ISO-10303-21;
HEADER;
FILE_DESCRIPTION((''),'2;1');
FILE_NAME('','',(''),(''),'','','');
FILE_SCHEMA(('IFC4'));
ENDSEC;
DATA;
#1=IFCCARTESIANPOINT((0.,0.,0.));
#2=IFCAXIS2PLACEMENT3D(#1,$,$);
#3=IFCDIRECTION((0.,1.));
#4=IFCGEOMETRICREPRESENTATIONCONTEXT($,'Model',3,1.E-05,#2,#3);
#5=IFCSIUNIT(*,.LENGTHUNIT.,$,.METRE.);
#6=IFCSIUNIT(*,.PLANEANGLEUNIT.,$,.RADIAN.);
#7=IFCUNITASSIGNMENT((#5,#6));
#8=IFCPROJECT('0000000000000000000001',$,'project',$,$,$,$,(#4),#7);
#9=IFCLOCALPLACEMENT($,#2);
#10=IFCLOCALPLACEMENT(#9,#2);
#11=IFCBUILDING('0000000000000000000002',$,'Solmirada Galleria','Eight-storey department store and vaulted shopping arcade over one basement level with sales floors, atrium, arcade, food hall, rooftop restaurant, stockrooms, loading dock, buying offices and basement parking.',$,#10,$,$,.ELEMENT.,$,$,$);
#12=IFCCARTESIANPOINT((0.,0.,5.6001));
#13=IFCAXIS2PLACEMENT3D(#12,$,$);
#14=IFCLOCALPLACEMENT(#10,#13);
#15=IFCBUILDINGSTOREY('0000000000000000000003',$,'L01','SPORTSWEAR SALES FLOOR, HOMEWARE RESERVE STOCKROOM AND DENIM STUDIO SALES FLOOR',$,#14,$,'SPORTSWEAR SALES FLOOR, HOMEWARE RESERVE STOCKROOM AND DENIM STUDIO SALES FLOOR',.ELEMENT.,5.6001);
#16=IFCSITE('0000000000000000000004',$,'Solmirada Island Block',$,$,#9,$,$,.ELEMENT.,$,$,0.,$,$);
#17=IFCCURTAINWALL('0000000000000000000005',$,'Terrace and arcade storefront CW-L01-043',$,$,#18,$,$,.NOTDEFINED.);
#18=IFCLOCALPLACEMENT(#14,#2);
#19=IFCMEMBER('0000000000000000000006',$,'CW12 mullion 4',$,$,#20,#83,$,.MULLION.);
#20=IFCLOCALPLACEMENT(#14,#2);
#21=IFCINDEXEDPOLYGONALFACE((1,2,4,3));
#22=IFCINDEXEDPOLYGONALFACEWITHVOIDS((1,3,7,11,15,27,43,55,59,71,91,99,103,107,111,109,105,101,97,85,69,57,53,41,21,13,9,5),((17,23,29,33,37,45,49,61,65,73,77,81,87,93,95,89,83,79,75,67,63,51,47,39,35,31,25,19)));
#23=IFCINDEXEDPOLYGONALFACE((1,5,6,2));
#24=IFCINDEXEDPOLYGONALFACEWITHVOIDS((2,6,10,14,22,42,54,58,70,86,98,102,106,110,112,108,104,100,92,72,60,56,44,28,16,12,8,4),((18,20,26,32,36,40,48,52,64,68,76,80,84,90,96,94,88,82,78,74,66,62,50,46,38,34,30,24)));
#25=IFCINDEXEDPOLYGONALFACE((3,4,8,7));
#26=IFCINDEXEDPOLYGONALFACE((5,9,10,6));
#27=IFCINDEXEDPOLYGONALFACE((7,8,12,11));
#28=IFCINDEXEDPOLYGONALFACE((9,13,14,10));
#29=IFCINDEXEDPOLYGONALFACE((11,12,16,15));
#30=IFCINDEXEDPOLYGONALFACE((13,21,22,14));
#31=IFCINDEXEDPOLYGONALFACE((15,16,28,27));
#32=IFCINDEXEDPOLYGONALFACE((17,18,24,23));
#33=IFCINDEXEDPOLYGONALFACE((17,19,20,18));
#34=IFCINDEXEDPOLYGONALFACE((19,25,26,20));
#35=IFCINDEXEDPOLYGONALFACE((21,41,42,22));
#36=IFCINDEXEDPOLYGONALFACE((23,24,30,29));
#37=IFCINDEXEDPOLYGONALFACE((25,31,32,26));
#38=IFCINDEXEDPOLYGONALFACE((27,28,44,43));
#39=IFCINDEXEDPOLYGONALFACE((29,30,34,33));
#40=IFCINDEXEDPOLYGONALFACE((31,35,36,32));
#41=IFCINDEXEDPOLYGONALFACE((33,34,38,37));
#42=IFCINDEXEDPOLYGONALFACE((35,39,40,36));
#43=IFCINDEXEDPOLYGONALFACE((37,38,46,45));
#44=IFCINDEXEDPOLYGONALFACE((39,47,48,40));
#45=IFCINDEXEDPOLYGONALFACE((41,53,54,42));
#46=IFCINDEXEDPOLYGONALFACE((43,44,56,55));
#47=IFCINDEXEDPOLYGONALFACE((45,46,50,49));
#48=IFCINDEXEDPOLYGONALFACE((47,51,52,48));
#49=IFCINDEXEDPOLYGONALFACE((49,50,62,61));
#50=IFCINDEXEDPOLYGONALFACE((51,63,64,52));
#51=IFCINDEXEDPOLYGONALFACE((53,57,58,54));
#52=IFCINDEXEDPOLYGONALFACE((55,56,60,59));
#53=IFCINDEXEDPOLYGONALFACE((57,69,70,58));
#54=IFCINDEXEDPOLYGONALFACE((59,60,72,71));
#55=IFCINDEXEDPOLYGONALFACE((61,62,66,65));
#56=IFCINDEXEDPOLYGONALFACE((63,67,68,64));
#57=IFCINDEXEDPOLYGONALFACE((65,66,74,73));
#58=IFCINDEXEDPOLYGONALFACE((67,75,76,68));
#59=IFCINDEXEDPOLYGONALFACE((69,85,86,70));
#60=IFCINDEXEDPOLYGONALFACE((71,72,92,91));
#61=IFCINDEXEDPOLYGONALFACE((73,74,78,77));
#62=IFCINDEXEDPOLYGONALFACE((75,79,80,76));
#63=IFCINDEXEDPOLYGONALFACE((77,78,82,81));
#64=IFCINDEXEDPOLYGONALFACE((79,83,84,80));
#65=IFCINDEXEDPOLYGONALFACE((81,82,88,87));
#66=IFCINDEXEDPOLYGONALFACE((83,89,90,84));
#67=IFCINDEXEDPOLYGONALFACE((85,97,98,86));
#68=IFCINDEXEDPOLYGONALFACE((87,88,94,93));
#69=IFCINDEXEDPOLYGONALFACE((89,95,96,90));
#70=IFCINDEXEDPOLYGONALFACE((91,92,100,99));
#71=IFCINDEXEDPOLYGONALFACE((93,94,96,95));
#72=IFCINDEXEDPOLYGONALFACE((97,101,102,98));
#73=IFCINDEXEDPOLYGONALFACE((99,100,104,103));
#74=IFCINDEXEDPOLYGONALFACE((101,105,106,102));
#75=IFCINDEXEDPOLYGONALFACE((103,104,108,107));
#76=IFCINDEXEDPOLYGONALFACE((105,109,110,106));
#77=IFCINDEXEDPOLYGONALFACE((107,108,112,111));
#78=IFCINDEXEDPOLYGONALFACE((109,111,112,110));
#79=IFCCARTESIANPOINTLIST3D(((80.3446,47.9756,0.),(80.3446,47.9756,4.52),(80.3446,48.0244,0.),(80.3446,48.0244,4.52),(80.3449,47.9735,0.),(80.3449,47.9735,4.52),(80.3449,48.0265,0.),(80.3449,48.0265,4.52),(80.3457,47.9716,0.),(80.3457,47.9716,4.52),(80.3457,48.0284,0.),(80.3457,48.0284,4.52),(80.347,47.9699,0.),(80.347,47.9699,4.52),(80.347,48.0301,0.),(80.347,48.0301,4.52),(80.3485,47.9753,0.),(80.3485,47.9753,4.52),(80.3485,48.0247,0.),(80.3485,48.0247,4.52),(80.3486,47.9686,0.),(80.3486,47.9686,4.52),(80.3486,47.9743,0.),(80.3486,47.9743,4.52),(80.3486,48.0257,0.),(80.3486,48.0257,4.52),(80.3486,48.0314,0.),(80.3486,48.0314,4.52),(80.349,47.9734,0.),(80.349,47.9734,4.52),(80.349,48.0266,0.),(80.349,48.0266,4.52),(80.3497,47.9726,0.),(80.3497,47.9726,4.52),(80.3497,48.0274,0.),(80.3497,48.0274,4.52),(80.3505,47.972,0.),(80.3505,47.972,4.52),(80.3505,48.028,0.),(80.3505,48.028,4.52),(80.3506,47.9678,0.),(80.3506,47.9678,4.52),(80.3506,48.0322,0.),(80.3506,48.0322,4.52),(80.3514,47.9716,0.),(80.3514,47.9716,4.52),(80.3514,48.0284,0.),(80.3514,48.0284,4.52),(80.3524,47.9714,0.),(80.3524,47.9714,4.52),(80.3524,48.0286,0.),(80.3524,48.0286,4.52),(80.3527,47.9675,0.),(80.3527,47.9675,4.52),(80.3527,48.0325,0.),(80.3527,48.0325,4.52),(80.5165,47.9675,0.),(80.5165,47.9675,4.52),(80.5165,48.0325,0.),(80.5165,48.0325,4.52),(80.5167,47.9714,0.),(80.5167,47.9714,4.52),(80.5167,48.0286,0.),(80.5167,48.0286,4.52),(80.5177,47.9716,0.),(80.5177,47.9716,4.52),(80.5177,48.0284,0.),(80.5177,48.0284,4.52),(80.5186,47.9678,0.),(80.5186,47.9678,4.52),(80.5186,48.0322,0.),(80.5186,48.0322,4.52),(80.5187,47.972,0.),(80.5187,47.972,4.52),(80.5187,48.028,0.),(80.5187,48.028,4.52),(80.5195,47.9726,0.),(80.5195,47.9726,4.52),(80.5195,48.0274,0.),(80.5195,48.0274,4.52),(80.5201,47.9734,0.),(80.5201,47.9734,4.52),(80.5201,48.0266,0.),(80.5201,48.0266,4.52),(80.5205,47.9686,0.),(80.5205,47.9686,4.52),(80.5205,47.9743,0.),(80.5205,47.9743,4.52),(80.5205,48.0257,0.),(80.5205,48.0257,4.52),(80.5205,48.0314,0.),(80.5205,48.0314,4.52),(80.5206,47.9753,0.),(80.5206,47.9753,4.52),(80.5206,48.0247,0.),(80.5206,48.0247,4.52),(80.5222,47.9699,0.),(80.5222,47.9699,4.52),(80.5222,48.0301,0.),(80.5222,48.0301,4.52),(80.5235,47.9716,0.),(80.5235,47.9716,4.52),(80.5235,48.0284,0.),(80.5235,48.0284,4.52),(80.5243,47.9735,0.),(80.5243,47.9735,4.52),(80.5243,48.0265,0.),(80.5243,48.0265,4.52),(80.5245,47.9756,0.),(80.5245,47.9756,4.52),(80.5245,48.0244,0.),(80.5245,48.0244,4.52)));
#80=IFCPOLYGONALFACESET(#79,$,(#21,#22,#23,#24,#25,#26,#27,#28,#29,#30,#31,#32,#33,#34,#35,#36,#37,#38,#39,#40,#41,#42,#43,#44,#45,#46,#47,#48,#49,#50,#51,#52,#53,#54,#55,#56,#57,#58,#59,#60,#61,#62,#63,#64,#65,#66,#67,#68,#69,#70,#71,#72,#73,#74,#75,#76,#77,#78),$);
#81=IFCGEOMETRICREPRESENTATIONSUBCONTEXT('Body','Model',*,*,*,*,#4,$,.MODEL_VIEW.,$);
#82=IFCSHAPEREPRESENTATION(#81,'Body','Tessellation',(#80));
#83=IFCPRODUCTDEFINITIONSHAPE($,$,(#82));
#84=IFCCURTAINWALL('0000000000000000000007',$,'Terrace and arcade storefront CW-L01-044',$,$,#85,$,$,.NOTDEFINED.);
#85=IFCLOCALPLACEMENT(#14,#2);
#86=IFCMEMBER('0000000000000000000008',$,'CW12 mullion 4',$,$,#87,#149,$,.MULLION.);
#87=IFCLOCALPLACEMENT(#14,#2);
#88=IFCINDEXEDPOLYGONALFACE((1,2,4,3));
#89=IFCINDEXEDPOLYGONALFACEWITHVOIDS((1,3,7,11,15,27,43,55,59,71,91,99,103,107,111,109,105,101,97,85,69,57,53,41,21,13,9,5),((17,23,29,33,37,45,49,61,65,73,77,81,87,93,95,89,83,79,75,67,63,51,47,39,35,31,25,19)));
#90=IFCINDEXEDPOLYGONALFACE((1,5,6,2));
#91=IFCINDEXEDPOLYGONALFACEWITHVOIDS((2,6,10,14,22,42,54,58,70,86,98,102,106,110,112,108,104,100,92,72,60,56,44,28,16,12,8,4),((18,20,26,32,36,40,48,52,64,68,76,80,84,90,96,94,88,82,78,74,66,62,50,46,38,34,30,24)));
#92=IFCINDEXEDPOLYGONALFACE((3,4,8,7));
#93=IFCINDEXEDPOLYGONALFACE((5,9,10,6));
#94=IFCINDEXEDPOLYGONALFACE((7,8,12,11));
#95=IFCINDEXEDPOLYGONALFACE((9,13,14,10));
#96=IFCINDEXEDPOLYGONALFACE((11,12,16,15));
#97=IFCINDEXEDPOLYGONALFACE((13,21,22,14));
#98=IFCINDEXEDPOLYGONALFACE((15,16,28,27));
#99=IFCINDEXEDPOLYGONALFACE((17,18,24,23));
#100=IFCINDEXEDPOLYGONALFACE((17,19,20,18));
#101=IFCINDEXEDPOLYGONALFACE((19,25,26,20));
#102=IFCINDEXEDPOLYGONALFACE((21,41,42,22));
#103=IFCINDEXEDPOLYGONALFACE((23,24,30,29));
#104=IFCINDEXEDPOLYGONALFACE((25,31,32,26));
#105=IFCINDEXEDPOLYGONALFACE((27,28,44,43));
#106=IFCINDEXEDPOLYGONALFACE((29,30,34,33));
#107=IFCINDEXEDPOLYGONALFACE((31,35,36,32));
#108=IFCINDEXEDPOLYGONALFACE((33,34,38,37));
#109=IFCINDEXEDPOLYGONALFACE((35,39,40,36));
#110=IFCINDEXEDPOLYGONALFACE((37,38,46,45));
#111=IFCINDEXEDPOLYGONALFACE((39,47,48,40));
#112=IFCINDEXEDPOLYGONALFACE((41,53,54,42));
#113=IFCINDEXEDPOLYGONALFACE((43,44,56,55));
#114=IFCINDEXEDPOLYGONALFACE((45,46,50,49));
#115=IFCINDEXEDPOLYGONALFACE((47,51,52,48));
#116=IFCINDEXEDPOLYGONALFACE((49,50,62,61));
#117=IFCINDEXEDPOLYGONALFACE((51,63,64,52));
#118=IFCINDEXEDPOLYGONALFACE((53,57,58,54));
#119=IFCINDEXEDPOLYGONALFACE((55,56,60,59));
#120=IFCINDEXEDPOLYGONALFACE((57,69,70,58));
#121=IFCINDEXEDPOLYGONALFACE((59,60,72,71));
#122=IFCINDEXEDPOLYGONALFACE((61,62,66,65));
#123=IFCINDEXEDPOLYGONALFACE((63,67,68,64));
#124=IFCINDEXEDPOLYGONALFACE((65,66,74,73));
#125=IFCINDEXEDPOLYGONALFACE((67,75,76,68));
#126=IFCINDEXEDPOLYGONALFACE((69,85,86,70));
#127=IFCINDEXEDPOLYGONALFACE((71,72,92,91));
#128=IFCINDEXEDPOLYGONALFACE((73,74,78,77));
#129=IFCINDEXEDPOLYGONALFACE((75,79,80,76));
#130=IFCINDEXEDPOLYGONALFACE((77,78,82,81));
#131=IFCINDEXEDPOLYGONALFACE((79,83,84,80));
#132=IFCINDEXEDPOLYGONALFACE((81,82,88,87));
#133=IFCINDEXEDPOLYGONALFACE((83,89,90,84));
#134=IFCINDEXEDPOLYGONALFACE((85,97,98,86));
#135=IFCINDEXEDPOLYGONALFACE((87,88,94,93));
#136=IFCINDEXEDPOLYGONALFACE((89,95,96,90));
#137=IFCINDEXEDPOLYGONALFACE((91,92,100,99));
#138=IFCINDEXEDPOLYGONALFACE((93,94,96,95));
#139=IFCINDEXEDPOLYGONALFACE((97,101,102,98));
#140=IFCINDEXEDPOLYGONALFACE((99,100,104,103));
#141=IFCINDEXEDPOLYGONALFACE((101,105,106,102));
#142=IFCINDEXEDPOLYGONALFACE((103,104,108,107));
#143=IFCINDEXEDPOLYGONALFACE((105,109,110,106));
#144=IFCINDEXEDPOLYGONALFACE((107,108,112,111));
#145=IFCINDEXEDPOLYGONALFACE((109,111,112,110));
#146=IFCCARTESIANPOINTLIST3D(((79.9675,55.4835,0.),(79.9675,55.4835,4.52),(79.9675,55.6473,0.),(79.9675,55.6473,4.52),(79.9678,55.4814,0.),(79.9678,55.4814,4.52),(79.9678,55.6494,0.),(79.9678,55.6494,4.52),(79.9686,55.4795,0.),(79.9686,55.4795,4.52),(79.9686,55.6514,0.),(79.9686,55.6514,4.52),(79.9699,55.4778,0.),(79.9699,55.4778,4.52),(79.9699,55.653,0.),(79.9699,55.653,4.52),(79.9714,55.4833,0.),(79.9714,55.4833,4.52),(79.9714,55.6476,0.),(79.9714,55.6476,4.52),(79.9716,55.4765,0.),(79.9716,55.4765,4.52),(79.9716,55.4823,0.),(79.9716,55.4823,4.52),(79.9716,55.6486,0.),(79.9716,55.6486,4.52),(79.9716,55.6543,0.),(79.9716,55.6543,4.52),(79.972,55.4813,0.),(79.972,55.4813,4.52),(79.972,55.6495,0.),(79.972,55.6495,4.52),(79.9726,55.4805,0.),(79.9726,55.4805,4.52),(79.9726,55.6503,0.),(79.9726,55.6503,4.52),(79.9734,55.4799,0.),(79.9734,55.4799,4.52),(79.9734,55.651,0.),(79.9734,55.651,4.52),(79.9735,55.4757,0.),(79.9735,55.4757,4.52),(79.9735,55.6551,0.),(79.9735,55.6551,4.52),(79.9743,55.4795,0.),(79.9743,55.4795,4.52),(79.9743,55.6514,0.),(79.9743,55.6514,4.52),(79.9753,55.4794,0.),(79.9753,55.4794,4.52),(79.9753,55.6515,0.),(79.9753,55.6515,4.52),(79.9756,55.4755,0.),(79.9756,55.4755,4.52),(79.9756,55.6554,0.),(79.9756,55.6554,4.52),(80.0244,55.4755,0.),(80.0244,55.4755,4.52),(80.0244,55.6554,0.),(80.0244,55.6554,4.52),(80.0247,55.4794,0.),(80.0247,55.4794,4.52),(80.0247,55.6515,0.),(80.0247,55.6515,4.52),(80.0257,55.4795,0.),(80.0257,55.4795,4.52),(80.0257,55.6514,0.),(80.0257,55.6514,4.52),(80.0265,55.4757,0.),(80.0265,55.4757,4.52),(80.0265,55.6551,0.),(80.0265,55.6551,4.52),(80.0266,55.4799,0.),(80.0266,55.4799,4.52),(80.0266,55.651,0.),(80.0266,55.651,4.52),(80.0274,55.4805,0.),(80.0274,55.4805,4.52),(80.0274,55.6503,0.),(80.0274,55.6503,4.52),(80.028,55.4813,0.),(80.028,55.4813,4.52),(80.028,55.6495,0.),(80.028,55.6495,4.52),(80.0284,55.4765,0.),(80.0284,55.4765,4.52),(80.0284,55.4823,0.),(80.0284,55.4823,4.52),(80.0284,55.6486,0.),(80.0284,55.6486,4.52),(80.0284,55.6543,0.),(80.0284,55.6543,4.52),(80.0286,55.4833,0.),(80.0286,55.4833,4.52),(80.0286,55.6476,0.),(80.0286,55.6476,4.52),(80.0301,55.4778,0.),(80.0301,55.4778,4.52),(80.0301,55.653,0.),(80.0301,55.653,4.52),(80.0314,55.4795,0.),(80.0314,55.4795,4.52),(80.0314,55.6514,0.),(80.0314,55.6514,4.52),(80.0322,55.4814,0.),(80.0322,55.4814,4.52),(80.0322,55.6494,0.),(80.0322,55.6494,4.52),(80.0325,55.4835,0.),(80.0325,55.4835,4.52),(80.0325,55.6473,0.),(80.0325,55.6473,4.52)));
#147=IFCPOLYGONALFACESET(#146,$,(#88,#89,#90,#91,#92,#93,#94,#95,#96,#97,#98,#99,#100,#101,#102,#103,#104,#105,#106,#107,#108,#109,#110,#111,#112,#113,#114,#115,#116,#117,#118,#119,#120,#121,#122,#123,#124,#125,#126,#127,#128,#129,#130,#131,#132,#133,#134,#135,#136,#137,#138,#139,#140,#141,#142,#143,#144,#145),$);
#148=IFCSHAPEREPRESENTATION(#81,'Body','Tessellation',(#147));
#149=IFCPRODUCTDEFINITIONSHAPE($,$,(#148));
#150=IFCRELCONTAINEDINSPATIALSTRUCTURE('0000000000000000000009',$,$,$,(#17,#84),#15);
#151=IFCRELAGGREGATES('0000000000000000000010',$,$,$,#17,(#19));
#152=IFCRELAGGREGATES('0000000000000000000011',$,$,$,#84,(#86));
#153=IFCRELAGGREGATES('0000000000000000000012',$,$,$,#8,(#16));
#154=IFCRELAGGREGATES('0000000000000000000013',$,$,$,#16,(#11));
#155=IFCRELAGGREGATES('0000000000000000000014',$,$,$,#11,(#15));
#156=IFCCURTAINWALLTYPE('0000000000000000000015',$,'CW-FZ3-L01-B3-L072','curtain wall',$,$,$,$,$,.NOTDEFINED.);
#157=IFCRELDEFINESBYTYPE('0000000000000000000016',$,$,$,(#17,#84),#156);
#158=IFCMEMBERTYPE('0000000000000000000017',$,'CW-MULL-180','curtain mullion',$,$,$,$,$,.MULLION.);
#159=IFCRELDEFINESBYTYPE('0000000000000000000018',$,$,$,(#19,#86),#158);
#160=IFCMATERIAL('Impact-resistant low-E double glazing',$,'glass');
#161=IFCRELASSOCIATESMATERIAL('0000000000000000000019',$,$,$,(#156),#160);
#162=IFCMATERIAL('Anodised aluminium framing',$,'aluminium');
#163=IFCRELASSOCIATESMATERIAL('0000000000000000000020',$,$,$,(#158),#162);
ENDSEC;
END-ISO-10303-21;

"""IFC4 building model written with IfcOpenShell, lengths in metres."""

from ifc_helpers import new_model, si_unit, direction, frame, origin, origin_2d, place, context, subcontext, project, spatial, hollow_rectangle, extrude, material, material_profile, profile_set, type_object, element, aggregate, save


model = new_model("IFC4")

# Units and contexts
model_context = context("Model", 3, precision=1e-05, world=origin(), true_north=direction((0.0, 1.0)))
body_context = subcontext(model_context, "Body", "Model", "MODEL_VIEW")
ifc_project = project(units=[si_unit("LENGTHUNIT", "METRE"), si_unit("PLANEANGLEUNIT", "RADIAN")], contexts=[model_context])

# Site, building, storey
site_placement = place(None, origin())
site = spatial("IfcSite", under=ifc_project, at=site_placement, Name="Solmirada Island Block", CompositionType="ELEMENT", RefElevation=0.0)
building_placement = place(site_placement, origin())
building = spatial("IfcBuilding", under=site, at=building_placement, Name="Solmirada Galleria", Description="Eight-storey department store and vaulted shopping arcade over one basement level with sales floors, atrium, arcade, food hall, rooftop restaurant, stockrooms, loading dock, buying offices and basement parking.", CompositionType="ELEMENT")
storey_placement = place(building_placement, frame((0.0, 0.0, 5.6001)))
storey = spatial("IfcBuildingStorey", under=building, at=storey_placement, Name="L01", Description="SPORTSWEAR SALES FLOOR, HOMEWARE RESERVE STOCKROOM AND DENIM STUDIO SALES FLOOR", LongName="SPORTSWEAR SALES FLOOR, HOMEWARE RESERVE STOCKROOM AND DENIM STUDIO SALES FLOOR", CompositionType="ELEMENT", Elevation=5.6001)

# Curtain wall, member
ifc_material_1 = material(Name="Impact-resistant low-E double glazing", Category="glass")
curtain_wall_type = type_object("IfcCurtainWallType", Name="CW-FZ3-L01-B3-L072", Description="curtain wall", PredefinedType="NOTDEFINED", material=ifc_material_1)
curtain_wall_1_placement = place(storey_placement, origin())
curtain_wall_1 = element("IfcCurtainWall", 1, at=curtain_wall_1_placement, inside=storey, type_object=curtain_wall_type, Name="Terrace and arcade storefront CW-L01-043", PredefinedType="NOTDEFINED")
ifc_material_2 = material(Name="Anodised aluminium framing", Category="aluminium")
ifc_material_profile_1 = material_profile(ifc_material_2, hollow_rectangle(XDim=0.0649, YDim=0.1799, WallThickness=0.0039, InnerFilletRadius=0.0039, OuterFilletRadius=0.0081, at=origin_2d()), Name="ALU-MULL-180X65")
ifc_profile_set_1 = profile_set([ifc_material_profile_1], Name="Anodised aluminium framing")
member_type_1 = type_object("IfcMemberType", Name="CW-MULL-180", Description="curtain mullion", PredefinedType="MULLION", material=ifc_profile_set_1)
member_1_placement = place(storey_placement, frame((80.4346, 48.0, 0.0), z_axis=(0.0, 0.0, 1.0), x_axis=(0.0, -1.0, 0.0)))
member_1 = element("IfcMember", 2, at=member_1_placement, type_object=member_type_1, Name="CW12 mullion 4", PredefinedType="MULLION", context=body_context, shape_type="SweptSolid", body=[
    extrude(hollow_rectangle(XDim=0.0649, YDim=0.1799, WallThickness=0.0039, InnerFilletRadius=0.0039, OuterFilletRadius=0.0081, at=origin_2d()), origin(), (0.0, 0.0, 1.0), 4.52),
])

# Curtain wall, member
curtain_wall_2_placement = place(storey_placement, origin())
curtain_wall_2 = element("IfcCurtainWall", 3, at=curtain_wall_2_placement, inside=storey, type_object=curtain_wall_type, Name="Terrace and arcade storefront CW-L01-044", PredefinedType="NOTDEFINED")
member_2_placement = place(storey_placement, frame((80.0, 55.5654, 0.0), z_axis=(0.0, 0.0, 1.0), x_axis=(-1.0, 0.0, 0.0)))
member_2 = element("IfcMember", 4, at=member_2_placement, type_object=member_type_1, Name="CW12 mullion 4", PredefinedType="MULLION", context=body_context, shape_type="SweptSolid", body=[
    extrude(hollow_rectangle(XDim=0.0649, YDim=0.1799, WallThickness=0.0039, InnerFilletRadius=0.0039, OuterFilletRadius=0.0081, at=origin_2d()), origin(), (0.0, 0.0, 1.0), 4.52),
])

aggregate(curtain_wall_1, [member_1])
aggregate(curtain_wall_2, [member_2])

save(model, "model.ifc")
